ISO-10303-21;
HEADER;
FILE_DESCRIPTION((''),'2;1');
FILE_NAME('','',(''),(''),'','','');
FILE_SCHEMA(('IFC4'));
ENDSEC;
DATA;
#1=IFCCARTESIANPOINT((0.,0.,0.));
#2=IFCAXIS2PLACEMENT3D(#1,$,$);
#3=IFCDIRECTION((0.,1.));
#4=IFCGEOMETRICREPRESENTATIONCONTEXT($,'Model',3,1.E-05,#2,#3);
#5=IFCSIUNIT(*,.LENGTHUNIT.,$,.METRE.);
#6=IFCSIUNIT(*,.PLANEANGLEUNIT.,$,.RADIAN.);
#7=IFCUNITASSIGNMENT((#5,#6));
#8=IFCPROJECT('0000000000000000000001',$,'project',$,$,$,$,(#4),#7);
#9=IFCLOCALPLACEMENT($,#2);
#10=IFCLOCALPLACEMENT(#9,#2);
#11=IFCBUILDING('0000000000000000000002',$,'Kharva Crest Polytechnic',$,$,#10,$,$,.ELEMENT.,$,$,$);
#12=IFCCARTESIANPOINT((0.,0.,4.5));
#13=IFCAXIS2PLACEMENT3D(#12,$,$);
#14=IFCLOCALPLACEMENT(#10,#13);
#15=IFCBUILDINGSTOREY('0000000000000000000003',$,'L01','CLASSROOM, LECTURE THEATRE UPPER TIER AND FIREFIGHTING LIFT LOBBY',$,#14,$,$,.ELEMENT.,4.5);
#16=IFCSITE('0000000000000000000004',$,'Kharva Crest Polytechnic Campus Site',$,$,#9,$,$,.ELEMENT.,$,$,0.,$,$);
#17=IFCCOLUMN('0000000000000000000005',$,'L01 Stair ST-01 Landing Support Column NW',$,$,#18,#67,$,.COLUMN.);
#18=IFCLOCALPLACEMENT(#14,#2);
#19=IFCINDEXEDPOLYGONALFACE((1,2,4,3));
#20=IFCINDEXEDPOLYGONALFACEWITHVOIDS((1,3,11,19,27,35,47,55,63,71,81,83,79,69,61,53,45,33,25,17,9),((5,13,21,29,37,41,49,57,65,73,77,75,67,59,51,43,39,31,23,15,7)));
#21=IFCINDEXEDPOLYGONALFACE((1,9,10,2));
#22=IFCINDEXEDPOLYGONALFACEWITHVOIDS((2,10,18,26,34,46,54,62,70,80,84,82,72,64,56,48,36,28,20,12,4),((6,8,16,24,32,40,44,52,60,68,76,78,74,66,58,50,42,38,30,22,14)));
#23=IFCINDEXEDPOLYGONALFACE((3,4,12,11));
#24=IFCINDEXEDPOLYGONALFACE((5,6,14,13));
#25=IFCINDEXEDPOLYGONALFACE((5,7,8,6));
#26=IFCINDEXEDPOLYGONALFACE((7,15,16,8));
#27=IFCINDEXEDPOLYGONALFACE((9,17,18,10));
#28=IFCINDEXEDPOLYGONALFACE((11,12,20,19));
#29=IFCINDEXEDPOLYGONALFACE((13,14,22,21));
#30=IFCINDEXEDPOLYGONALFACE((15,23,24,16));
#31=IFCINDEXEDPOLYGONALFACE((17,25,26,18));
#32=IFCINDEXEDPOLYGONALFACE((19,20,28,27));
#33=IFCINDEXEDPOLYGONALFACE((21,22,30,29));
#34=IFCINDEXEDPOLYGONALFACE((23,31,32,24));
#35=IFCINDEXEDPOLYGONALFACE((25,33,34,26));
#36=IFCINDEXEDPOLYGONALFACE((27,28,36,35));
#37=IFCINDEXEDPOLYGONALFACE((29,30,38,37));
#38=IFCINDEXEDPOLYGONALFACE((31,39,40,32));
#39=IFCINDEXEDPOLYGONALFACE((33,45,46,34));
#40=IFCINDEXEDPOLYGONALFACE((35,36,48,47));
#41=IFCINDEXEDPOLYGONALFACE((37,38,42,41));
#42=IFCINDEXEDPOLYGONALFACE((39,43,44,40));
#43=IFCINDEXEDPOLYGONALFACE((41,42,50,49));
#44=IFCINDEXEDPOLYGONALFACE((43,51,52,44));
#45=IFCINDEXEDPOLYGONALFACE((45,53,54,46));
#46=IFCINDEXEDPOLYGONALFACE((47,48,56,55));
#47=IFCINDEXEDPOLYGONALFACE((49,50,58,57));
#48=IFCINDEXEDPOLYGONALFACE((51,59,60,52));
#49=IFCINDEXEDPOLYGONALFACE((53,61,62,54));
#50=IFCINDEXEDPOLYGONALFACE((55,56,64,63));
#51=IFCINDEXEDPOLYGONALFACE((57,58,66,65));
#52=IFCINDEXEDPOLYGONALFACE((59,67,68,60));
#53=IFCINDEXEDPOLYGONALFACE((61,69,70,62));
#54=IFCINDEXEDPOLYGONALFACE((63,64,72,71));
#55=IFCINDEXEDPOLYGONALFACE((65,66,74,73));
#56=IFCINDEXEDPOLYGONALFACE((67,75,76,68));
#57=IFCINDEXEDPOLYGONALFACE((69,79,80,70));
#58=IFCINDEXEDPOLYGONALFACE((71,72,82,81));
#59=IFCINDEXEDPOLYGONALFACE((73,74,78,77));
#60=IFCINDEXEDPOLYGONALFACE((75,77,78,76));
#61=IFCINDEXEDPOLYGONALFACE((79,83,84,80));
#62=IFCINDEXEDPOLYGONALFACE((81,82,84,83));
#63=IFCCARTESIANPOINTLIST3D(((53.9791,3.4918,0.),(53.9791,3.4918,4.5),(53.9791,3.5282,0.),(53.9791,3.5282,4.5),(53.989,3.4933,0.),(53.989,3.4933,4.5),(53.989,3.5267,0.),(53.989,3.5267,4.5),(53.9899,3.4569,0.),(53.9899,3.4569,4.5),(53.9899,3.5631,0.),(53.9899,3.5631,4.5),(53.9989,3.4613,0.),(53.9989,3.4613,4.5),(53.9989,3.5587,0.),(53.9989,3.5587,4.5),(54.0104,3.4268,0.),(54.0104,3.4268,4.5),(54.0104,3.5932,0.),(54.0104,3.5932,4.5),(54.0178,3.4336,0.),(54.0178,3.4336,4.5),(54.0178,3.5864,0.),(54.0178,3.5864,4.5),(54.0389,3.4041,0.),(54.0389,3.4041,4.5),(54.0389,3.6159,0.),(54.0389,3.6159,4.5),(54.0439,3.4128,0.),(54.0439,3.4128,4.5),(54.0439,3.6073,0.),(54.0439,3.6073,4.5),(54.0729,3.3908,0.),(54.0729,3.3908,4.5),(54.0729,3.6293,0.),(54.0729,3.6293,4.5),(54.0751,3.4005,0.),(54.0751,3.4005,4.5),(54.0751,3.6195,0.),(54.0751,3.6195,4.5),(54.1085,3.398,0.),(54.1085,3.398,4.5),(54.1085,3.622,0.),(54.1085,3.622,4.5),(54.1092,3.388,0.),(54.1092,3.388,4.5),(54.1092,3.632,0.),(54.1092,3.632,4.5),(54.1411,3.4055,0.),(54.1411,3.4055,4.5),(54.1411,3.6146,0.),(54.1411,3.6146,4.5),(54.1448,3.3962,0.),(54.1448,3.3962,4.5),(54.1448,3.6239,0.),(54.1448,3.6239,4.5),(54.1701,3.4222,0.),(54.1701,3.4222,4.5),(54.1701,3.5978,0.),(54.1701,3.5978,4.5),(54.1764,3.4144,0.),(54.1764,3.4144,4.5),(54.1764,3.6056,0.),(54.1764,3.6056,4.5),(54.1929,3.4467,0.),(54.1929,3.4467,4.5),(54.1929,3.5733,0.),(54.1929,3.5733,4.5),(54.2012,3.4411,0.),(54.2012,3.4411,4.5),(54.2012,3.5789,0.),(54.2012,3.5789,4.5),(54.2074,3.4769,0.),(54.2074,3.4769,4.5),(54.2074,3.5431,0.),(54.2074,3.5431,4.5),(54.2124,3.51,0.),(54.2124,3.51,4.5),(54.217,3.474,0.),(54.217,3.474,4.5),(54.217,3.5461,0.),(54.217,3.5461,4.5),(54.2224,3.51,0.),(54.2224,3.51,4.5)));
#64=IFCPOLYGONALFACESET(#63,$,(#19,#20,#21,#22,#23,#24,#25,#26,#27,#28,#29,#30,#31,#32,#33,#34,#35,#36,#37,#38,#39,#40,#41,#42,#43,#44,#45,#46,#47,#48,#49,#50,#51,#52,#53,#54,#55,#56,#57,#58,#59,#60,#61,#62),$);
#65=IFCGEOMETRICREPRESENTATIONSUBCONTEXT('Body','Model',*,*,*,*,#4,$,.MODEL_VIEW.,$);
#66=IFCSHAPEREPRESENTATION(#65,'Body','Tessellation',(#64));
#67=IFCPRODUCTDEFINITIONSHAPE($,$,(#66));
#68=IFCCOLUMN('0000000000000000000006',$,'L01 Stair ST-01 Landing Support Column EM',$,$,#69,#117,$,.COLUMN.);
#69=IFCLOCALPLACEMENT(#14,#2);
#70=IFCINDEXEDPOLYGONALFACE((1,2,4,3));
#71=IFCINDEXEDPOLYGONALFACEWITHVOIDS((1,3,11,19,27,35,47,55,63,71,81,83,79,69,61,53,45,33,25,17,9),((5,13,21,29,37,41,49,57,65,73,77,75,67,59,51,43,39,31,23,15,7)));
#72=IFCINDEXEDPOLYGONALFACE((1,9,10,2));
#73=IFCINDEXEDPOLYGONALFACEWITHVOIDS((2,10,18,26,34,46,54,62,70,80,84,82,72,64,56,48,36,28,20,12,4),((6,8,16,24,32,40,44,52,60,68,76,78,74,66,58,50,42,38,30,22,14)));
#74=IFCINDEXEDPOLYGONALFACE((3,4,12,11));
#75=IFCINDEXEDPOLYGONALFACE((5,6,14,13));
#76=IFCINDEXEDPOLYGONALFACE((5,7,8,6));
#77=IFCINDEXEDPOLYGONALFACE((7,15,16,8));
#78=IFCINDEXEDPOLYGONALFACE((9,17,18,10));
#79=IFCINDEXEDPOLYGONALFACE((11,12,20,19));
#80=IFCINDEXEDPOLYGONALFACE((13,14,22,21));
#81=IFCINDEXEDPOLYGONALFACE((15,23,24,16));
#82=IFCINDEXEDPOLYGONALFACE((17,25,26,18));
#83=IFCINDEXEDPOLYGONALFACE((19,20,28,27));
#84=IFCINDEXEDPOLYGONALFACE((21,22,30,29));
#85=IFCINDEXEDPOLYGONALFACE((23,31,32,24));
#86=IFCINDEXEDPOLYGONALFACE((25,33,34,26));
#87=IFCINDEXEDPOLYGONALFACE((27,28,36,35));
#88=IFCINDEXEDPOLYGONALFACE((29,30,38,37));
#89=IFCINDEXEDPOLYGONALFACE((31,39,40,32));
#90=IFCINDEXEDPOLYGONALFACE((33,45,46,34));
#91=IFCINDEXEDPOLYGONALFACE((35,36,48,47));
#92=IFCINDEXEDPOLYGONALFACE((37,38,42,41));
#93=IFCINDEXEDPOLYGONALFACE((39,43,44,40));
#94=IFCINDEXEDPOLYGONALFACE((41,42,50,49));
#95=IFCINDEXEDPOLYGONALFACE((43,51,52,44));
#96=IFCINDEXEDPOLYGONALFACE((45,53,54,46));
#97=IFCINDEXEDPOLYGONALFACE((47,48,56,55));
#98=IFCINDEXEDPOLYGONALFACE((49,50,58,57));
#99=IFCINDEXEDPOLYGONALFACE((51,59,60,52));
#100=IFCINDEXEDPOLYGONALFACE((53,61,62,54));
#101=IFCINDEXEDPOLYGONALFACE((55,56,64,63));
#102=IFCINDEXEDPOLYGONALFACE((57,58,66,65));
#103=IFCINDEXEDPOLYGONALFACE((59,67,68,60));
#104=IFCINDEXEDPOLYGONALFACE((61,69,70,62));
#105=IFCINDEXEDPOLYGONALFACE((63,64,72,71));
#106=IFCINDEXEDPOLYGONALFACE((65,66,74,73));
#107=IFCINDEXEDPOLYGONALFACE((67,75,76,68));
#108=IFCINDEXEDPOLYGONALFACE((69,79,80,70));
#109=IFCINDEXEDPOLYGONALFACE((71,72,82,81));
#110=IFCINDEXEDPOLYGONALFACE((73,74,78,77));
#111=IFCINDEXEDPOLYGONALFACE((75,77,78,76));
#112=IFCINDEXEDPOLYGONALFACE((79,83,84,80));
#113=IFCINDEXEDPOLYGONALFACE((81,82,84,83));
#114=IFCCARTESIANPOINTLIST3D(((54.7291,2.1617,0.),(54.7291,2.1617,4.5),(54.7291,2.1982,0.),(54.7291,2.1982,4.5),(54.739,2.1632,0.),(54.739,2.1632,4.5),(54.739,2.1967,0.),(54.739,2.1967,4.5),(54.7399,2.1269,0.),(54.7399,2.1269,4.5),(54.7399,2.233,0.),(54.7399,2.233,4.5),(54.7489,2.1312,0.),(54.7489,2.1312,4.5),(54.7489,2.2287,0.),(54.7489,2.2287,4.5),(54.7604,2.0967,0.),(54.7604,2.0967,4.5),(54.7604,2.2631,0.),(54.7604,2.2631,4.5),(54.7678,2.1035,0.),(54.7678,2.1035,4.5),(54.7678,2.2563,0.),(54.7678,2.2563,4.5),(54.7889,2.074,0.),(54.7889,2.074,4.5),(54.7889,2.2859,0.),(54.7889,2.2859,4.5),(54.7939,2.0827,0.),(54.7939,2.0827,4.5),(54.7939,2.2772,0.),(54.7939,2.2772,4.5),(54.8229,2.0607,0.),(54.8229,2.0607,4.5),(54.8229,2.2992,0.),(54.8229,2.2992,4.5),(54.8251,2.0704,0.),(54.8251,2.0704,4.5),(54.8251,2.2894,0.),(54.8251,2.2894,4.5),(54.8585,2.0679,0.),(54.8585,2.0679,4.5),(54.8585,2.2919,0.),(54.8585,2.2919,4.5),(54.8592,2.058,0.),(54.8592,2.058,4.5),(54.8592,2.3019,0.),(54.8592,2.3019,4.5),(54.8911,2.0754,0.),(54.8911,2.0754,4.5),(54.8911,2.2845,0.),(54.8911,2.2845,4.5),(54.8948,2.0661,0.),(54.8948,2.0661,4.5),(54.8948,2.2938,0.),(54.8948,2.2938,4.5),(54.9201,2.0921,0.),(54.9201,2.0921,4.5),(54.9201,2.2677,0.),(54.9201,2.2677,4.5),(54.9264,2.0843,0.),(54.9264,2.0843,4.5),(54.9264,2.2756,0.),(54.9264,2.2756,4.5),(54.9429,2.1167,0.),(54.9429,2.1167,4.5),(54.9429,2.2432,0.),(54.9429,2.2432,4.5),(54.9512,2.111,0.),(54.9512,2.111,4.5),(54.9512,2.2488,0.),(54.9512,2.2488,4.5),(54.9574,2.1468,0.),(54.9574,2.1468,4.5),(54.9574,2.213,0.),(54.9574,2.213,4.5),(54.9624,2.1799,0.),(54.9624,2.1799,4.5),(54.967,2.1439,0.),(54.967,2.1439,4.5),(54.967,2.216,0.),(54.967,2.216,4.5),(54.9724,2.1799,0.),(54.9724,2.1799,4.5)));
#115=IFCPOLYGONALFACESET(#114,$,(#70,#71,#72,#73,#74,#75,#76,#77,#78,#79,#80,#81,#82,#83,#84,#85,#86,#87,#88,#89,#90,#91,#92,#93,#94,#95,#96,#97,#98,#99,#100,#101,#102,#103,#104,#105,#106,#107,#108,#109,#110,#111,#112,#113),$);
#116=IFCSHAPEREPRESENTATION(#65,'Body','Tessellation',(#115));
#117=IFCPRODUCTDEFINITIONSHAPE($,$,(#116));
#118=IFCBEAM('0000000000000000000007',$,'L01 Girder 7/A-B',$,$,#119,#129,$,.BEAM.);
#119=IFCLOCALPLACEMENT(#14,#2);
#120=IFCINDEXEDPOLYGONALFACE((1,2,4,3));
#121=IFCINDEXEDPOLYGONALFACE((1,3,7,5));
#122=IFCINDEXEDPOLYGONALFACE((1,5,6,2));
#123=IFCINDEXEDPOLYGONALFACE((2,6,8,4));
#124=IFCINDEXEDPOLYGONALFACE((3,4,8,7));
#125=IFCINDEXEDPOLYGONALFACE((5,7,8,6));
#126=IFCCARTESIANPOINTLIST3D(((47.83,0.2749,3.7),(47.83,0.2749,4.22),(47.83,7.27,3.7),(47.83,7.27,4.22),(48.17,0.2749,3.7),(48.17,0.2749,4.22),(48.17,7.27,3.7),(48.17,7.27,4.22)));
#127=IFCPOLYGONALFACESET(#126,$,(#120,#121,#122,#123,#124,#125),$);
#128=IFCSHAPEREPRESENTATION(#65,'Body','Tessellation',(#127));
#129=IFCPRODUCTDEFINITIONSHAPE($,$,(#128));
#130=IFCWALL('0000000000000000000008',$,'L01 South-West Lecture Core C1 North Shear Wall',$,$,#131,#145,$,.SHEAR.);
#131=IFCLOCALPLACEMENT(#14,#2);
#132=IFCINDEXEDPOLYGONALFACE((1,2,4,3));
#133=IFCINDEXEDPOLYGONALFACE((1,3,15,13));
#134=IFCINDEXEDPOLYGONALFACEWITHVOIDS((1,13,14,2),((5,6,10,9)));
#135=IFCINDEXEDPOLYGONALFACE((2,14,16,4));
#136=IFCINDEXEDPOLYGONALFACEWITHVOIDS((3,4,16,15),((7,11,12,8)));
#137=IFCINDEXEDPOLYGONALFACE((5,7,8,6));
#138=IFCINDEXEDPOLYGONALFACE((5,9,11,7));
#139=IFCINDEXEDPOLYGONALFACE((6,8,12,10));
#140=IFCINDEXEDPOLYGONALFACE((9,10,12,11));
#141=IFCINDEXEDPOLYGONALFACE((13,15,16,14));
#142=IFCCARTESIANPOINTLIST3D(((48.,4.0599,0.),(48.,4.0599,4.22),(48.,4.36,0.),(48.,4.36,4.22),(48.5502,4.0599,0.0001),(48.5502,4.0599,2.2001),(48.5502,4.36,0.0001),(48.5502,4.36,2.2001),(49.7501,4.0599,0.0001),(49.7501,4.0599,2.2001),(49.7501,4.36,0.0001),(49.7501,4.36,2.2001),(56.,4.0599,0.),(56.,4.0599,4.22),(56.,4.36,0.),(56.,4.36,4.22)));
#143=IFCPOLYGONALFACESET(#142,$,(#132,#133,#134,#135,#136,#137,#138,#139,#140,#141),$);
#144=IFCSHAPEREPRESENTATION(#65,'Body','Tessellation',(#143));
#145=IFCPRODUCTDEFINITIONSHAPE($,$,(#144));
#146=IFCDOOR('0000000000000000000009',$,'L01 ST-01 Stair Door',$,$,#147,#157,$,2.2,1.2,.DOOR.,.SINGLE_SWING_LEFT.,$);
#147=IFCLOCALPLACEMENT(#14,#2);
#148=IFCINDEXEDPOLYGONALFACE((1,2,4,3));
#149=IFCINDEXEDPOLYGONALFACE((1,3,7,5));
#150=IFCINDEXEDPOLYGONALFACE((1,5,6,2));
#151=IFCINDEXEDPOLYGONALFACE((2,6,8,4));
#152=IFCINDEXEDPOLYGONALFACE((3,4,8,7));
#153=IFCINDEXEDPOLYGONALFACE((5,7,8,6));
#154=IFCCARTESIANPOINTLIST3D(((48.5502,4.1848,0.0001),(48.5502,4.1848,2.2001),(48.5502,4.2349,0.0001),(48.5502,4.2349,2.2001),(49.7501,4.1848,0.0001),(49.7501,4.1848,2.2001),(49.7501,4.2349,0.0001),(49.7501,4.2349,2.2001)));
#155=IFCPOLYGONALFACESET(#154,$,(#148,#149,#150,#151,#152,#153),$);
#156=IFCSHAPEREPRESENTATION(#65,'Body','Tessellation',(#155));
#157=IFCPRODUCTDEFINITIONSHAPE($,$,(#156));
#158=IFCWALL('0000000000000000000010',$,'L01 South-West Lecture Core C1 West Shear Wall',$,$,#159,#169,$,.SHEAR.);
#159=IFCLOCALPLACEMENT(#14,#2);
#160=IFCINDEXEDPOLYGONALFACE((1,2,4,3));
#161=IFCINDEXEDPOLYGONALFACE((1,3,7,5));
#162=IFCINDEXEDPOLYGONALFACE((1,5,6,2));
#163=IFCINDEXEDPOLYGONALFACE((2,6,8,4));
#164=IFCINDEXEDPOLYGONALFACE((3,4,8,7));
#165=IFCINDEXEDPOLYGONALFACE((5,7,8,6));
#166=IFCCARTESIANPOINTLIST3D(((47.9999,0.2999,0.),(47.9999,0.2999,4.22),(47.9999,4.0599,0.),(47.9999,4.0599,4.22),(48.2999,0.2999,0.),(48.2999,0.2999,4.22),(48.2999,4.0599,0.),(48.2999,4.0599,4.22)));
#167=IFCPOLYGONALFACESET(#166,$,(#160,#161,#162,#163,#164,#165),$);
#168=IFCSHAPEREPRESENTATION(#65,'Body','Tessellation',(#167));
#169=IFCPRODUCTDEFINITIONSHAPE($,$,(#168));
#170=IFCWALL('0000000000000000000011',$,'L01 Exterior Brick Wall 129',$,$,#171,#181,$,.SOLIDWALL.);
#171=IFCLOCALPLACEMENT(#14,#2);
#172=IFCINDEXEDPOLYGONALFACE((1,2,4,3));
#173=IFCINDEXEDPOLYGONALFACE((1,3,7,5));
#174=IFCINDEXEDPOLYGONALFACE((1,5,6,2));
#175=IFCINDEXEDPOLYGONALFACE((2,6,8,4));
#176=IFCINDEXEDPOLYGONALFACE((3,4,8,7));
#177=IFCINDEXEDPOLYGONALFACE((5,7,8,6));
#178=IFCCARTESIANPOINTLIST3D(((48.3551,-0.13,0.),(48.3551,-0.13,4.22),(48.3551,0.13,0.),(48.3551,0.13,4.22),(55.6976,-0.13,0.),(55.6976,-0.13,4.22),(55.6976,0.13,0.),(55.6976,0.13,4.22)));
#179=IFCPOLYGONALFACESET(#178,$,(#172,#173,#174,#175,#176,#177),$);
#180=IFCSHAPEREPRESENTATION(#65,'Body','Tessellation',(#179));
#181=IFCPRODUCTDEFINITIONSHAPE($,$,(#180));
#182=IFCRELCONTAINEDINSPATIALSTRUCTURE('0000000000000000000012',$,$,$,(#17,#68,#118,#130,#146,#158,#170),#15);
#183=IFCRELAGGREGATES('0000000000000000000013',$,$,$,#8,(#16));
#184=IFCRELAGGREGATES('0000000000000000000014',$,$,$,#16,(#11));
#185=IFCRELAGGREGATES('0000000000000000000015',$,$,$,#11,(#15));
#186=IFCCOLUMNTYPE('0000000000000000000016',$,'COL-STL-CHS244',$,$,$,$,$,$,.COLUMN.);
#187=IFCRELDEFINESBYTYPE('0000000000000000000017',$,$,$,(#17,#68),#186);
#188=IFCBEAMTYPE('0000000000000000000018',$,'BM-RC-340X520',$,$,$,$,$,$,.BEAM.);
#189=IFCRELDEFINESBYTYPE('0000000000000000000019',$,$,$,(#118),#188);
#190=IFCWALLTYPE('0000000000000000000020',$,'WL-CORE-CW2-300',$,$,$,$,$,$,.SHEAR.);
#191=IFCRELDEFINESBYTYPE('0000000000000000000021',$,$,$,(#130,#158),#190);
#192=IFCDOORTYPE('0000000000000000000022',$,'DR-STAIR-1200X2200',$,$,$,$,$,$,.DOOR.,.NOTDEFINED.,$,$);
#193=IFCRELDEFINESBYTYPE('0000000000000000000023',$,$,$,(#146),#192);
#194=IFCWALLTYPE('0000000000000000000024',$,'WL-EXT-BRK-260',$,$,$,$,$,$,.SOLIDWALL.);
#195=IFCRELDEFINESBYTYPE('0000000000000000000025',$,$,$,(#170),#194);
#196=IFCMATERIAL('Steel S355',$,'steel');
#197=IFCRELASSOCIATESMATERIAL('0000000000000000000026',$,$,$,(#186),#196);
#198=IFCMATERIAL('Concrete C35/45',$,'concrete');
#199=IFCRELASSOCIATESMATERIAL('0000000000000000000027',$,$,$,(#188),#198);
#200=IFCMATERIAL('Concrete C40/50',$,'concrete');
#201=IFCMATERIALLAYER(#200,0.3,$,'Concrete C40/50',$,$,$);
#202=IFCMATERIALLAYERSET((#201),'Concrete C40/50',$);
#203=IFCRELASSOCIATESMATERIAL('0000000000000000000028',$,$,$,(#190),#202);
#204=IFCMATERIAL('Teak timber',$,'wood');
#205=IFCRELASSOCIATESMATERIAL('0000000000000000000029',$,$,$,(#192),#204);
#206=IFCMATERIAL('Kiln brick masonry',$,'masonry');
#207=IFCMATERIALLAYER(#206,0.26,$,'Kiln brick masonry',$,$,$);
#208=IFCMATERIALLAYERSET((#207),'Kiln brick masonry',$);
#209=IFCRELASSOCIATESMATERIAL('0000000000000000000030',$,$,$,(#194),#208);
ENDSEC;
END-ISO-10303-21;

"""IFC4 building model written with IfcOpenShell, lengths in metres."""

from ifc_helpers import new_model, si_unit, direction, frame, frame_2d, origin, origin_2d, place, context, subcontext, project, spatial, rectangle, hollow_circle, extrude, material, layer, layer_set, material_profile, profile_set, type_object, element, fill, save


model = new_model("IFC4")

# Units and contexts
model_context = context("Model", 3, precision=1e-05, world=origin(), true_north=direction((0.0, 1.0)))
body_context = subcontext(model_context, "Body", "Model", "MODEL_VIEW")
ifc_project = project(units=[si_unit("LENGTHUNIT", "METRE"), si_unit("PLANEANGLEUNIT", "RADIAN")], contexts=[model_context])

# Site, building, storey
site_placement = place(None, origin())
site = spatial("IfcSite", under=ifc_project, at=site_placement, Name="Kharva Crest Polytechnic Campus Site", CompositionType="ELEMENT", RefElevation=0.0)
building_placement = place(site_placement, origin())
building = spatial("IfcBuilding", under=site, at=building_placement, Name="Kharva Crest Polytechnic", CompositionType="ELEMENT")
storey_placement = place(building_placement, frame((0.0, 0.0, 4.5)))
storey = spatial("IfcBuildingStorey", under=building, at=storey_placement, Name="L01", Description="CLASSROOM, LECTURE THEATRE UPPER TIER AND FIREFIGHTING LIFT LOBBY", CompositionType="ELEMENT", Elevation=4.5)

# Columns
ifc_material_1 = material(Name="Concrete C40/50", Category="concrete")
ifc_material_2 = material(Name="Steel S355", Category="steel")
ifc_material_profile_1 = material_profile(ifc_material_2, hollow_circle(Radius=0.1223, WallThickness=0.01, at=origin_2d()), Name="CHS 244.5X10.0")
ifc_profile_set_1 = profile_set([ifc_material_profile_1], Name="Steel S355")
column_type_1 = type_object("IfcColumnType", Name="COL-STL-CHS244", PredefinedType="COLUMN", material=ifc_profile_set_1)
for number, where, z_axis, x_axis, name in (
    (1, (54.1001, 3.51, 0.0), (0.0, 0.0, 1.0), (1.0, 0.0, 0.0), "L01 Stair ST-01 Landing Support Column NW"),
    (2, (54.8501, 2.1799, 0.0), (0.0, 0.0, 1.0), (1.0, 0.0, 0.0), "L01 Stair ST-01 Landing Support Column EM"),
):
    element("IfcColumn", number, at=place(storey_placement, frame(where, z_axis=z_axis, x_axis=x_axis)), inside=storey, type_object=column_type_1, Name=name, PredefinedType="COLUMN", context=body_context, shape_type="SweptSolid", body=[
        extrude(hollow_circle(Radius=0.1223, WallThickness=0.01, at=origin_2d()), origin(), (0.0, 0.0, 1.0), 4.5),
    ])

# Beam
ifc_material_3 = material(Name="Concrete C35/45", Category="concrete")
ifc_material_profile_2 = material_profile(ifc_material_3, rectangle(XDim=0.3401, YDim=0.52, at=origin_2d()), Name="RECT 340 X 520")
ifc_profile_set_2 = profile_set([ifc_material_profile_2], Name="Concrete C35/45")
beam_type = type_object("IfcBeamType", Name="BM-RC-340X520", PredefinedType="BEAM", material=ifc_profile_set_2)
beam_placement = place(storey_placement, frame((48.0, 0.2749, 3.96), z_axis=(0.0, 1.0, 0.0), x_axis=(-1.0, 0.0, 0.0)))
element("IfcBeam", 3, at=beam_placement, inside=storey, type_object=beam_type, Name="L01 Girder 7/A-B", PredefinedType="BEAM", context=body_context, shape_type="SweptSolid", body=[
    extrude(rectangle(XDim=0.3401, YDim=0.52, at=origin_2d()), origin(), (0.0, 0.0, 1.0), 6.9951),
])

# Wall, opening, door
ifc_layer_1 = layer(ifc_material_1, 0.3, Name="Concrete C40/50")
ifc_layer_set_1 = layer_set([ifc_layer_1], Name="Concrete C40/50")
wall_type_1 = type_object("IfcWallType", Name="WL-CORE-CW2-300", PredefinedType="SHEAR", material=ifc_layer_set_1)
wall_1_placement = place(storey_placement, frame((48.0, 4.21, 0.0), z_axis=(0.0, 0.0, 1.0), x_axis=(1.0, 0.0, 0.0)))
wall_1 = element("IfcWall", 4, at=wall_1_placement, inside=storey, type_object=wall_type_1, Name="L01 South-West Lecture Core C1 North Shear Wall", PredefinedType="SHEAR", context=body_context, shape_type="SweptSolid", body=[
    extrude(rectangle(XDim=8.0, YDim=0.3, at=frame_2d((4.0, 0.0))), origin(), (0.0, 0.0, 1.0), 4.22),
])
opening_1_placement = place(wall_1_placement, frame((0.55, 0.0, 0.0)))
opening_1 = element("IfcOpeningElement", 5, at=opening_1_placement, cuts=wall_1, PredefinedType="OPENING", context=body_context, shape_type="SweptSolid", body=[
    extrude(rectangle(XDim=1.2, YDim=2.2, at=frame_2d((0.6001, 1.1001))), frame((0.0, 0.1599, 0.0), z_axis=(0.0, -1.0, 0.0), x_axis=(1.0, 0.0, 0.0)), (0.0, 0.0, 1.0), 0.3201),
])
ifc_material_4 = material(Name="Teak timber", Category="wood")
door_type_1 = type_object("IfcDoorType", Name="DR-STAIR-1200X2200", OperationType="NOTDEFINED", PredefinedType="DOOR", material=ifc_material_4)
door_1_placement = place(opening_1_placement, origin())
door_1 = element("IfcDoor", 6, at=door_1_placement, inside=storey, type_object=door_type_1, Name="L01 ST-01 Stair Door", OperationType="SINGLE_SWING_LEFT", OverallHeight=2.2, OverallWidth=1.2, PredefinedType="DOOR", context=body_context, shape_type="SweptSolid", body=[
    extrude(rectangle(XDim=1.2, YDim=2.2, at=frame_2d((0.6001, 1.1001))), frame((0.0, 0.0249, 0.0), z_axis=(0.0, -1.0, 0.0), x_axis=(1.0, 0.0, 0.0)), (0.0, 0.0, 1.0), 0.05),
])
fill(opening_1, door_1)

# Walls
wall_2_placement = place(storey_placement, frame((48.1499, 0.3, 0.0), z_axis=(0.0, 0.0, 1.0), x_axis=(0.0, 1.0, 0.0)))
element("IfcWall", 7, at=wall_2_placement, inside=storey, type_object=wall_type_1, Name="L01 South-West Lecture Core C1 West Shear Wall", PredefinedType="SHEAR", context=body_context, shape_type="SweptSolid", body=[
    extrude(rectangle(XDim=3.76, YDim=0.3, at=frame_2d((1.8799, 0.0))), origin(), (0.0, 0.0, 1.0), 4.22),
])
ifc_material_5 = material(Name="Kiln brick masonry", Category="masonry")
ifc_layer_2 = layer(ifc_material_5, 0.26, Name="Kiln brick masonry")
ifc_layer_set_2 = layer_set([ifc_layer_2], Name="Kiln brick masonry")
wall_type_2 = type_object("IfcWallType", Name="WL-EXT-BRK-260", PredefinedType="SOLIDWALL", material=ifc_layer_set_2)
wall_3_placement = place(storey_placement, frame((48.355, 0.0, 0.0), z_axis=(0.0, 0.0, 1.0), x_axis=(1.0, 0.0, 0.0)))
element("IfcWall", 8, at=wall_3_placement, inside=storey, type_object=wall_type_2, Name="L01 Exterior Brick Wall 129", PredefinedType="SOLIDWALL", context=body_context, shape_type="SweptSolid", body=[
    extrude(rectangle(XDim=7.3425, YDim=0.26, at=frame_2d((3.6714, 0.0))), origin(), (0.0, 0.0, 1.0), 4.22),
])

save(model, "model.ifc")
